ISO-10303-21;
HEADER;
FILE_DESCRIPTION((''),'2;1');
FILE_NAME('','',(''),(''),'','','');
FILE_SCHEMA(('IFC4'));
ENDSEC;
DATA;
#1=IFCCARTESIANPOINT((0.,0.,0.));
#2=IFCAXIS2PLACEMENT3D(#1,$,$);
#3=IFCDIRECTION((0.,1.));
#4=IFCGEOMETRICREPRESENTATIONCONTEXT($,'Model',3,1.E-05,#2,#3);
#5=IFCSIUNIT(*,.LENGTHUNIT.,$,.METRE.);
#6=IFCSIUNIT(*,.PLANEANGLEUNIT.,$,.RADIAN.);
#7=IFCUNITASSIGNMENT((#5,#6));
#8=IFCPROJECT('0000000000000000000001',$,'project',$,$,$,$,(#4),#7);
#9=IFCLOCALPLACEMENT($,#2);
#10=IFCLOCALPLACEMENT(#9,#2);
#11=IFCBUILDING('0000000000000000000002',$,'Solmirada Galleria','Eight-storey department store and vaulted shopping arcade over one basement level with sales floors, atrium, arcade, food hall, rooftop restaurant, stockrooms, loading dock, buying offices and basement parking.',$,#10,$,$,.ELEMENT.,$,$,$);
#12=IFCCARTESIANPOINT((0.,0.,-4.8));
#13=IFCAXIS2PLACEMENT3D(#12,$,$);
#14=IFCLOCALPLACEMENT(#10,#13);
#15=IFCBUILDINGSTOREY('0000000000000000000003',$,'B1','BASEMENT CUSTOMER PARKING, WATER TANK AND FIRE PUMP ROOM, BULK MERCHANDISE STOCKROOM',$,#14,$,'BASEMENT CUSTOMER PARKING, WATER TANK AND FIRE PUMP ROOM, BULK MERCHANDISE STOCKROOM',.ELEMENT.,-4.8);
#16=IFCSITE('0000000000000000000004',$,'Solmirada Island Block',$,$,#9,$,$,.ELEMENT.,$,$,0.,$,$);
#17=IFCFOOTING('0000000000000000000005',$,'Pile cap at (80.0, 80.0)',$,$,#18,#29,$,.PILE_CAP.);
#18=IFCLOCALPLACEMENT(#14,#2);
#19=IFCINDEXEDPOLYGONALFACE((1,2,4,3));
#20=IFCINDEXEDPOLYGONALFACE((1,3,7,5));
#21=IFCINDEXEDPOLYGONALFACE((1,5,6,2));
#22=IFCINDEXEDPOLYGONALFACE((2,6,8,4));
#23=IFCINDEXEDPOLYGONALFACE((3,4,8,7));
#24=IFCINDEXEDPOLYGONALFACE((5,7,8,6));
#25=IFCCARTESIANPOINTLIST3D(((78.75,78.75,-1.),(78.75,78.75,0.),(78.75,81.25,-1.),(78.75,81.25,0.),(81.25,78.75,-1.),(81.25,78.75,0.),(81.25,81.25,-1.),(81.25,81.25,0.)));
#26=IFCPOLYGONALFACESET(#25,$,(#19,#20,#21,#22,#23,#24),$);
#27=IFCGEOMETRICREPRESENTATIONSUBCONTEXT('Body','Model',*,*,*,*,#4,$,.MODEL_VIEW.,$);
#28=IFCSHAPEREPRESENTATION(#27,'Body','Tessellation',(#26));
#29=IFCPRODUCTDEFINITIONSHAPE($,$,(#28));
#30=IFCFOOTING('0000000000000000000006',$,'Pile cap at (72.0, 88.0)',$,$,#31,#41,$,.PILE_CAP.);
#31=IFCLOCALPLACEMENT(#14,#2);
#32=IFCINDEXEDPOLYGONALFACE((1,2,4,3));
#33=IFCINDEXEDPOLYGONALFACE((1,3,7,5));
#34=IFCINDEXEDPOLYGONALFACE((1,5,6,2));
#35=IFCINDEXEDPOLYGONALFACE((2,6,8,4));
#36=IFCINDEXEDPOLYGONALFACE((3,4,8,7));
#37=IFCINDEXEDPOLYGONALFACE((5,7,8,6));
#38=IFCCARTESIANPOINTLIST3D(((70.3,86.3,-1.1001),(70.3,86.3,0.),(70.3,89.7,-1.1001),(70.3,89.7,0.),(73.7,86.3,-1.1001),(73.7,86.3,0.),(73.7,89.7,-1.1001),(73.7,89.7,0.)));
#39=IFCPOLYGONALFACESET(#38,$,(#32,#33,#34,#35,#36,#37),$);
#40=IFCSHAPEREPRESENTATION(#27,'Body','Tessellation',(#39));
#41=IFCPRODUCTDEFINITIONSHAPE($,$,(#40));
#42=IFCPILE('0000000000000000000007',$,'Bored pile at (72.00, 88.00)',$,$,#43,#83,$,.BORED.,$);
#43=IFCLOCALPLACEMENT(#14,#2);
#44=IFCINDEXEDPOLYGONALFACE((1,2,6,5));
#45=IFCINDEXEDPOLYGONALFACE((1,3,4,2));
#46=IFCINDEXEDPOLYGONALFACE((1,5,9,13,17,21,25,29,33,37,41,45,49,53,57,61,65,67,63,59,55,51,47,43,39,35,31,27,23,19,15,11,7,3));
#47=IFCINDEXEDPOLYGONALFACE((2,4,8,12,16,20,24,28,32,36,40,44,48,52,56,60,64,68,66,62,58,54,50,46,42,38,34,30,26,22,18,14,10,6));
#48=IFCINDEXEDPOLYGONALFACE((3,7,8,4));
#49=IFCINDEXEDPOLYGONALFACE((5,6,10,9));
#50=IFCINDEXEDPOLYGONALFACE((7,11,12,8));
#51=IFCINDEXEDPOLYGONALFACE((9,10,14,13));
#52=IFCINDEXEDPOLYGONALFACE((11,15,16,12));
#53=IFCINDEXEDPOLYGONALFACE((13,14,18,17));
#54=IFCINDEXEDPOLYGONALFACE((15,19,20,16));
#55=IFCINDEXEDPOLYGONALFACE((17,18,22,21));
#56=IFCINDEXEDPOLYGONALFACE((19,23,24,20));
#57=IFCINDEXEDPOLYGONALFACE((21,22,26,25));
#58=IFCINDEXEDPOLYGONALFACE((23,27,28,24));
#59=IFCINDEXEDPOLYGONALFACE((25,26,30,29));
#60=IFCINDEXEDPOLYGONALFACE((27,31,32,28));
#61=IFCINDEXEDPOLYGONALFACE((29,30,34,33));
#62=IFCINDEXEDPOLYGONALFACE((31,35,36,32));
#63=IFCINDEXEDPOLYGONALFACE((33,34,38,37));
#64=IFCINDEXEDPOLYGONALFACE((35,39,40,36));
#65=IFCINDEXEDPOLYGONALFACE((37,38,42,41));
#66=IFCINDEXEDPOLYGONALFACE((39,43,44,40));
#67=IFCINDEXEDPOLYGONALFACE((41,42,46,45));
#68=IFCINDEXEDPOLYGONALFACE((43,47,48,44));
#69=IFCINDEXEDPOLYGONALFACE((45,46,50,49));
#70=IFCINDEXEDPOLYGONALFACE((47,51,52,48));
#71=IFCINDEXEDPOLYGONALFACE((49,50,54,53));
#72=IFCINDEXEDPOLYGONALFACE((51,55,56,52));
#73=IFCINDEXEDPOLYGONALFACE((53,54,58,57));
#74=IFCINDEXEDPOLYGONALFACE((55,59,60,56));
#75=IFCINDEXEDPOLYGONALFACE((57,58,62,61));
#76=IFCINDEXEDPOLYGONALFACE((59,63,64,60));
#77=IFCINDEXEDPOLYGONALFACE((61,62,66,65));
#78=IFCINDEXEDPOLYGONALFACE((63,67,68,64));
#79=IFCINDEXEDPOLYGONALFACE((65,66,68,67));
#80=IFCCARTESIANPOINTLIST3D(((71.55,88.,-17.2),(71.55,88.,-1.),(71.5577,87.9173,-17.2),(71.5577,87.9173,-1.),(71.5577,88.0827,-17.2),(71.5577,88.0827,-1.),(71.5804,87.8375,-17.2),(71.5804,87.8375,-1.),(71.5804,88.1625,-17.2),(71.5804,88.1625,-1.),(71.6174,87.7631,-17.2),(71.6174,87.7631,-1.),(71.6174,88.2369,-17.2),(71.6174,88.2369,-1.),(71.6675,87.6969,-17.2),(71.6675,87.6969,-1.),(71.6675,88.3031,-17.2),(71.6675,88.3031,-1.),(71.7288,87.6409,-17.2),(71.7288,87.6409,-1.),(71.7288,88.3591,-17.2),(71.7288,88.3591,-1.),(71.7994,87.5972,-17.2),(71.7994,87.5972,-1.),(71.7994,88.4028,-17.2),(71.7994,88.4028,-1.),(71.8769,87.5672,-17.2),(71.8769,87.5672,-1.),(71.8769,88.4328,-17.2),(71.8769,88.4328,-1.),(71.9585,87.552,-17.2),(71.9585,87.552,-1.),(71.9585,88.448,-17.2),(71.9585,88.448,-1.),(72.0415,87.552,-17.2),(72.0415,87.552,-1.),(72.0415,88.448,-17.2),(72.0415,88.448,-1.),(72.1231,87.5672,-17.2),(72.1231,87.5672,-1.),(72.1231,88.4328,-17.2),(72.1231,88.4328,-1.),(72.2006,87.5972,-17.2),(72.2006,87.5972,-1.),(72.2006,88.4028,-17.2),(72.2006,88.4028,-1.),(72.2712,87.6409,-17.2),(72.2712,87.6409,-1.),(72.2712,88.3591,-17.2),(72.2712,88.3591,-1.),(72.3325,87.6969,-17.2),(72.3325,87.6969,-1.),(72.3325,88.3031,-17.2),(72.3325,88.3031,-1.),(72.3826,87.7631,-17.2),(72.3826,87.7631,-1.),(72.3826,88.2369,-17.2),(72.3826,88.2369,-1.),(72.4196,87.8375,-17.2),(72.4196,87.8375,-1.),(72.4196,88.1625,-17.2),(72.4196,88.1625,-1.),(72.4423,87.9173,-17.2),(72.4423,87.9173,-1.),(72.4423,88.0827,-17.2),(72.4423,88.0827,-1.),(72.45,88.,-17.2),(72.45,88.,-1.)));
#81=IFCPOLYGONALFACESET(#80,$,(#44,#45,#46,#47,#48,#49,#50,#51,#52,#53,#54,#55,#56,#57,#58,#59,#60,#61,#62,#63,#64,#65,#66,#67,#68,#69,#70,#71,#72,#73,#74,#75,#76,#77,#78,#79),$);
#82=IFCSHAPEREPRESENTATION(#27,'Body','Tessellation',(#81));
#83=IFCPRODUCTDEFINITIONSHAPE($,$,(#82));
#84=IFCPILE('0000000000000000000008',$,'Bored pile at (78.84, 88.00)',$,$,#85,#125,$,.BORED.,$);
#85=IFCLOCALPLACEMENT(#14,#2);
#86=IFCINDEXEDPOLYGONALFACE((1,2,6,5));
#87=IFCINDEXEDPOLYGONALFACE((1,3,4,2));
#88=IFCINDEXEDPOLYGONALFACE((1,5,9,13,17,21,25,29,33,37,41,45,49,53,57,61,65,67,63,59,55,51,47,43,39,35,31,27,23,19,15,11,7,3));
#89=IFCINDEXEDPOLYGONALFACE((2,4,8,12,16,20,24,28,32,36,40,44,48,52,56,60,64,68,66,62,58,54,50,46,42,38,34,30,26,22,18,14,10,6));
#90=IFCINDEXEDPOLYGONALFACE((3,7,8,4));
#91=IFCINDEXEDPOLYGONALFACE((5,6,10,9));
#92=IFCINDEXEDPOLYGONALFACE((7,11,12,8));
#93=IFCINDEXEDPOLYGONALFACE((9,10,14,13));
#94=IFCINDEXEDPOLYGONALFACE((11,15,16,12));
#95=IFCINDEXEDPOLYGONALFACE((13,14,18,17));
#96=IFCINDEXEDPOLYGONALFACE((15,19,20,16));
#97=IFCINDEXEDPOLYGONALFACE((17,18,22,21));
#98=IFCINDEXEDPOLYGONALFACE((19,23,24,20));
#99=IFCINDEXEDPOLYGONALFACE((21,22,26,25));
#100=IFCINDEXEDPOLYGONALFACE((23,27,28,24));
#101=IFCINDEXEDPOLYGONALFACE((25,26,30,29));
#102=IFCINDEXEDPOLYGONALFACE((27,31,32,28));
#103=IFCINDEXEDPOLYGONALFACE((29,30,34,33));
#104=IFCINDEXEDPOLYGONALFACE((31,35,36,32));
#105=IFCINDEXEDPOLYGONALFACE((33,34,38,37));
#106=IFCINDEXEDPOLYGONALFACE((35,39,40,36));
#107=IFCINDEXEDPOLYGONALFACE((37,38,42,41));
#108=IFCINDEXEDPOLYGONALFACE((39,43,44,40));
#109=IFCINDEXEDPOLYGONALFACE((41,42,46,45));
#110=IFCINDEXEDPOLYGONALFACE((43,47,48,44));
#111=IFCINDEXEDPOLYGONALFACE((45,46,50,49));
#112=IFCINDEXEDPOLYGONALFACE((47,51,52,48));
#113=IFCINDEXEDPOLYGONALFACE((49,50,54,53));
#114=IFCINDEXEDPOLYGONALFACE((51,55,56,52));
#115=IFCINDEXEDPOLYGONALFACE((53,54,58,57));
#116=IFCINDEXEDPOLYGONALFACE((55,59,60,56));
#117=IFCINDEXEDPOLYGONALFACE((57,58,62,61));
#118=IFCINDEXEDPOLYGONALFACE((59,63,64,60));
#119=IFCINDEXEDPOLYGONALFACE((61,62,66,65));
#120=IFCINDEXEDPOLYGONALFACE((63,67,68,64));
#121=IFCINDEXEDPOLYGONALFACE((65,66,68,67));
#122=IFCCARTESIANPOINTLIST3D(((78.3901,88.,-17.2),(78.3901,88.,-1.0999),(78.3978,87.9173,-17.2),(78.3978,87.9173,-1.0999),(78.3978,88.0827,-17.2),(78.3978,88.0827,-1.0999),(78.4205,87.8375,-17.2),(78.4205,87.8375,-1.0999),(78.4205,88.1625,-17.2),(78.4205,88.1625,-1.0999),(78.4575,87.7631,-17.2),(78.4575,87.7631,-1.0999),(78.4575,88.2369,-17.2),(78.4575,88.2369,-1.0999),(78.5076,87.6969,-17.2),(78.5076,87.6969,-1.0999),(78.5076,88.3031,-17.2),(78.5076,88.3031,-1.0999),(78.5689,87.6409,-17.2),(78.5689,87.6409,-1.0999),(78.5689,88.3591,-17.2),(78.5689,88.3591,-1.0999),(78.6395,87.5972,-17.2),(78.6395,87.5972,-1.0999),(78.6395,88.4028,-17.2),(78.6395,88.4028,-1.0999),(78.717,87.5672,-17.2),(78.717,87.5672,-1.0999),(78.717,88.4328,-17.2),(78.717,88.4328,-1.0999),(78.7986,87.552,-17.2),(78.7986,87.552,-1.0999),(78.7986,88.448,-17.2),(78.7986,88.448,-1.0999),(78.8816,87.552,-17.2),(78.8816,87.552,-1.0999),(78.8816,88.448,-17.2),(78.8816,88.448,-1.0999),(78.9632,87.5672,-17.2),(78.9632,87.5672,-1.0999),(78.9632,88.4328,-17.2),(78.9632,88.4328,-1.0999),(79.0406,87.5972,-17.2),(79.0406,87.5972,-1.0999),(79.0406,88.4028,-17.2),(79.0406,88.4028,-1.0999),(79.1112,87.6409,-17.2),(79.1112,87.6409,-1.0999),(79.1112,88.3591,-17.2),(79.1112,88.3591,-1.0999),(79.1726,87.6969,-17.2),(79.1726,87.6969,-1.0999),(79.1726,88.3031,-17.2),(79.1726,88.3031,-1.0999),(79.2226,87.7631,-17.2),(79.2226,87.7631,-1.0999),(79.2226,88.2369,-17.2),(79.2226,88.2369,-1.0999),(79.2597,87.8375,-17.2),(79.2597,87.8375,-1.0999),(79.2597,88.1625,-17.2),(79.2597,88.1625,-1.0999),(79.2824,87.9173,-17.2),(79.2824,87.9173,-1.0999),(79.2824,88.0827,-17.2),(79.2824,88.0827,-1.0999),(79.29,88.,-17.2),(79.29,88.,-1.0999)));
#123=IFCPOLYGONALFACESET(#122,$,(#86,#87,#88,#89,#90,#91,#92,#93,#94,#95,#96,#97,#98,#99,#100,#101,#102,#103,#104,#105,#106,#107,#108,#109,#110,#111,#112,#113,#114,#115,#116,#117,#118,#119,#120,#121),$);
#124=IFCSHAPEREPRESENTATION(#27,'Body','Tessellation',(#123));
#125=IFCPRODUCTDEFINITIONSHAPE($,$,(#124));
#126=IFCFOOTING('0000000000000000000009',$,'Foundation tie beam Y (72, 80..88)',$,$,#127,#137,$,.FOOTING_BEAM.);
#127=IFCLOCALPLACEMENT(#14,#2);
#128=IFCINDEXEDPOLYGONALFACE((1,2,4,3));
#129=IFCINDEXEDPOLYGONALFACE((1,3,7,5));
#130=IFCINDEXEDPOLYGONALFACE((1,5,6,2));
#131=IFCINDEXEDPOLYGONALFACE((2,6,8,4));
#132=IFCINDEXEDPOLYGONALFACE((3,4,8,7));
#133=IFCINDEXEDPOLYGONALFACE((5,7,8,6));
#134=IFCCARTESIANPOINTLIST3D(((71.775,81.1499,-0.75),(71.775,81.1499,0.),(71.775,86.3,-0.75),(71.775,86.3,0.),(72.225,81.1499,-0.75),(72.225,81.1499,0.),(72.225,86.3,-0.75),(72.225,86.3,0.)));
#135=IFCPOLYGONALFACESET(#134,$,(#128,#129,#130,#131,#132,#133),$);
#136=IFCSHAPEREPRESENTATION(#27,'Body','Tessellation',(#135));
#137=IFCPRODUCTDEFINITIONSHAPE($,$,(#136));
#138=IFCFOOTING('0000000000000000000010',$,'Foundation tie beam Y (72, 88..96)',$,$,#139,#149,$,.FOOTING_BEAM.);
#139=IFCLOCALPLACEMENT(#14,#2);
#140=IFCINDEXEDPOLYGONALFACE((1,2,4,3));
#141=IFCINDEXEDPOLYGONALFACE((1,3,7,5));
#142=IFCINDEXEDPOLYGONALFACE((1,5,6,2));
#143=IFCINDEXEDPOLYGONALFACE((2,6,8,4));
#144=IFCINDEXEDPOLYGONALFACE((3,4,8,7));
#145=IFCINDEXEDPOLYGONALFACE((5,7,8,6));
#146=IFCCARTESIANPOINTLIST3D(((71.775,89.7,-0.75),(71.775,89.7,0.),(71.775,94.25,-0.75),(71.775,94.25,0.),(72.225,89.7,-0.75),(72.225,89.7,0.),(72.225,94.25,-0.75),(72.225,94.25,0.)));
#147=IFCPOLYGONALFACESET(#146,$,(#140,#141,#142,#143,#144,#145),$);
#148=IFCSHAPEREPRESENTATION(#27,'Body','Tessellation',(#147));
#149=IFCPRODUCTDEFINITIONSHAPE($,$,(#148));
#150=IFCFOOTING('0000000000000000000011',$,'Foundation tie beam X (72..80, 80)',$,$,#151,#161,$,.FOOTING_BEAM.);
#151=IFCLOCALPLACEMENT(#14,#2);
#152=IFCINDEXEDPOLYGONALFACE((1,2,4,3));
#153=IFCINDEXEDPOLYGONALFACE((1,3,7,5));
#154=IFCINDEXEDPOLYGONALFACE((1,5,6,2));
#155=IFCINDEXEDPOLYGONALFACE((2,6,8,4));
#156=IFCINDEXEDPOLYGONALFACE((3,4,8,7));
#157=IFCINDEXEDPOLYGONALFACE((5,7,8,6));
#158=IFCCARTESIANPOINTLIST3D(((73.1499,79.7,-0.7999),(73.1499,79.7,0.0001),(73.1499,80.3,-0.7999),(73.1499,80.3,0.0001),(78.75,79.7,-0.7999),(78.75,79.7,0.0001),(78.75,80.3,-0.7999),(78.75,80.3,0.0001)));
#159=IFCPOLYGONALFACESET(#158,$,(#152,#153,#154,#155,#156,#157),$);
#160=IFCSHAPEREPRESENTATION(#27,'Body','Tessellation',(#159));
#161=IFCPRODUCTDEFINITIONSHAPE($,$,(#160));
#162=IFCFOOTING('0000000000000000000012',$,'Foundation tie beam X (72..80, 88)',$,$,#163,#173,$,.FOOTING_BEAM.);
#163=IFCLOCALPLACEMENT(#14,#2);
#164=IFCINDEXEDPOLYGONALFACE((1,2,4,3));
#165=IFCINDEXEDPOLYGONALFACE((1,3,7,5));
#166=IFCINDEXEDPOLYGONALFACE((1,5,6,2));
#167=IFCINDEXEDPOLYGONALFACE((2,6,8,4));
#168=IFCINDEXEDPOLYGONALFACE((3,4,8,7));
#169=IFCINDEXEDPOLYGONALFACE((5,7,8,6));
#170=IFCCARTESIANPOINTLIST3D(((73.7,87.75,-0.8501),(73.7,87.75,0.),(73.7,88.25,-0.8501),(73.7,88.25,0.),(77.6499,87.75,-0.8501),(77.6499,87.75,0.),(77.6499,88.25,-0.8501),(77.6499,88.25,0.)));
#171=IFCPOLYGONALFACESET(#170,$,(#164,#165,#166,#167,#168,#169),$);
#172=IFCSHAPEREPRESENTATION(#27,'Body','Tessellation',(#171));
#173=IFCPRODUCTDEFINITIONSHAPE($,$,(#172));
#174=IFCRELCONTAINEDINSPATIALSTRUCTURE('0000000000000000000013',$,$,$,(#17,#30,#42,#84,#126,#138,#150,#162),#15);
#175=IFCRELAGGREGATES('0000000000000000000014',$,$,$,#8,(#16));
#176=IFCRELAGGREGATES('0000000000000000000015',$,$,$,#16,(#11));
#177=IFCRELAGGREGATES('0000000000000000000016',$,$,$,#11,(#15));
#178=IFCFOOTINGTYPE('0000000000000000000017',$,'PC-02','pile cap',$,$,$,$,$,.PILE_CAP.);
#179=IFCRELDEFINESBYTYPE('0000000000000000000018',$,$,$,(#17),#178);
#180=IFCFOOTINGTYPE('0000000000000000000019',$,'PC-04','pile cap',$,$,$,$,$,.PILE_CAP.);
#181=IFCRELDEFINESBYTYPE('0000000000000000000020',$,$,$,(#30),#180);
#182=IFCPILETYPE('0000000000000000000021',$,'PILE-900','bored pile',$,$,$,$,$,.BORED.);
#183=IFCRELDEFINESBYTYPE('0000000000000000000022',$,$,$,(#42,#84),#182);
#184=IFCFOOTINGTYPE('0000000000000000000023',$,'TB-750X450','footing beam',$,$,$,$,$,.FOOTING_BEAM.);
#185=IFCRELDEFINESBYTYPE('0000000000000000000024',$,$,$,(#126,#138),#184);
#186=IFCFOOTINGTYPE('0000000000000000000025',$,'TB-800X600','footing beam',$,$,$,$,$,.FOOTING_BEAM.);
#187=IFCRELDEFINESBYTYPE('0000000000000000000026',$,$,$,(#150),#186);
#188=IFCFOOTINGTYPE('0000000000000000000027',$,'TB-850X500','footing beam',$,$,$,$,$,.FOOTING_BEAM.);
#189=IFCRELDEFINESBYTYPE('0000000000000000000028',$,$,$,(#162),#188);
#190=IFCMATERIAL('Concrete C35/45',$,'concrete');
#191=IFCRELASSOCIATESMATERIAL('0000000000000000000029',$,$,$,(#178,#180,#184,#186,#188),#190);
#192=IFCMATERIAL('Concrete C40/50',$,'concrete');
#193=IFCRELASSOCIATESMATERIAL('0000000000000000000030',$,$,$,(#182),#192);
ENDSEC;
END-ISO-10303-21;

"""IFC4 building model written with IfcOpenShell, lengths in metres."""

from ifc_helpers import new_model, si_unit, direction, frame, origin, origin_2d, place, context, subcontext, project, spatial, rectangle, circle, extrude, material, material_profile, profile_set, type_object, element, save


model = new_model("IFC4")

# Units and contexts
model_context = context("Model", 3, precision=1e-05, world=origin(), true_north=direction((0.0, 1.0)))
body_context = subcontext(model_context, "Body", "Model", "MODEL_VIEW")
ifc_project = project(units=[si_unit("LENGTHUNIT", "METRE"), si_unit("PLANEANGLEUNIT", "RADIAN")], contexts=[model_context])

# Site, building, storey
site_placement = place(None, origin())
site = spatial("IfcSite", under=ifc_project, at=site_placement, Name="Solmirada Island Block", CompositionType="ELEMENT", RefElevation=0.0)
building_placement = place(site_placement, origin())
building = spatial("IfcBuilding", under=site, at=building_placement, Name="Solmirada Galleria", Description="Eight-storey department store and vaulted shopping arcade over one basement level with sales floors, atrium, arcade, food hall, rooftop restaurant, stockrooms, loading dock, buying offices and basement parking.", CompositionType="ELEMENT")
storey_placement = place(building_placement, frame((0.0, 0.0, -4.8)))
storey = spatial("IfcBuildingStorey", under=building, at=storey_placement, Name="B1", Description="BASEMENT CUSTOMER PARKING, WATER TANK AND FIRE PUMP ROOM, BULK MERCHANDISE STOCKROOM", LongName="BASEMENT CUSTOMER PARKING, WATER TANK AND FIRE PUMP ROOM, BULK MERCHANDISE STOCKROOM", CompositionType="ELEMENT", Elevation=-4.8)

# Footings
ifc_material_1 = material(Name="Concrete C35/45", Category="concrete")
footing_type_1 = type_object("IfcFootingType", Name="PC-02", Description="pile cap", PredefinedType="PILE_CAP", material=ifc_material_1)
footing_1_placement = place(storey_placement, frame((80.0, 80.0, -1.0), z_axis=(0.0, 0.0, 1.0), x_axis=(1.0, 0.0, 0.0)))
element("IfcFooting", 1, at=footing_1_placement, inside=storey, type_object=footing_type_1, Name="Pile cap at (80.0, 80.0)", PredefinedType="PILE_CAP", context=body_context, shape_type="SweptSolid", body=[
    extrude(rectangle(XDim=2.5, YDim=2.5, at=origin_2d()), origin(), (0.0, 0.0, 1.0), 1.0),
])
footing_type_2 = type_object("IfcFootingType", Name="PC-04", Description="pile cap", PredefinedType="PILE_CAP", material=ifc_material_1)
footing_2_placement = place(storey_placement, frame((72.0, 88.0, -1.1001), z_axis=(0.0, 0.0, 1.0), x_axis=(1.0, 0.0, 0.0)))
element("IfcFooting", 2, at=footing_2_placement, inside=storey, type_object=footing_type_2, Name="Pile cap at (72.0, 88.0)", PredefinedType="PILE_CAP", context=body_context, shape_type="SweptSolid", body=[
    extrude(rectangle(XDim=3.3999, YDim=3.3999, at=origin_2d()), origin(), (0.0, 0.0, 1.0), 1.1001),
])

# Piles
ifc_material_2 = material(Name="Concrete C40/50", Category="concrete")
ifc_material_profile_1 = material_profile(ifc_material_2, circle(Radius=0.45, at=origin_2d()), Name="PILE900")
ifc_profile_set_1 = profile_set([ifc_material_profile_1], Name="Concrete C40/50")
pile_type = type_object("IfcPileType", Name="PILE-900", Description="bored pile", PredefinedType="BORED", material=ifc_profile_set_1)
pile_1_placement = place(storey_placement, frame((72.0, 88.0, -1.0), z_axis=(0.0, 0.0, -1.0), x_axis=(1.0, 0.0, 0.0)))
element("IfcPile", 3, at=pile_1_placement, inside=storey, type_object=pile_type, Name="Bored pile at (72.00, 88.00)", PredefinedType="BORED", context=body_context, shape_type="SweptSolid", body=[
    extrude(circle(Radius=0.45, at=origin_2d()), origin(), (0.0, 0.0, 1.0), 16.2),
])
pile_2_placement = place(storey_placement, frame((78.8401, 88.0, -1.0999), z_axis=(0.0, 0.0, -1.0), x_axis=(1.0, 0.0, 0.0)))
element("IfcPile", 4, at=pile_2_placement, inside=storey, type_object=pile_type, Name="Bored pile at (78.84, 88.00)", PredefinedType="BORED", context=body_context, shape_type="SweptSolid", body=[
    extrude(circle(Radius=0.45, at=origin_2d()), origin(), (0.0, 0.0, 1.0), 16.1001),
])

# Footings
ifc_material_profile_2 = material_profile(ifc_material_1, rectangle(XDim=0.45, YDim=0.75, at=origin_2d()), Name="RC750X450")
ifc_profile_set_2 = profile_set([ifc_material_profile_2], Name="Concrete C35/45")
footing_type_3 = type_object("IfcFootingType", Name="TB-750X450", Description="footing beam", PredefinedType="FOOTING_BEAM", material=ifc_profile_set_2)
footing_3_placement = place(storey_placement, frame((72.0, 81.1499, -0.375), z_axis=(0.0, 1.0, 0.0), x_axis=(-1.0, 0.0, 0.0)))
element("IfcFooting", 5, at=footing_3_placement, inside=storey, type_object=footing_type_3, Name="Foundation tie beam Y (72, 80..88)", PredefinedType="FOOTING_BEAM", context=body_context, shape_type="SweptSolid", body=[
    extrude(rectangle(XDim=0.45, YDim=0.75, at=origin_2d()), origin(), (0.0, 0.0, 1.0), 5.1501),
])
footing_4_placement = place(storey_placement, frame((72.0, 89.7, -0.375), z_axis=(0.0, 1.0, 0.0), x_axis=(-1.0, 0.0, 0.0)))
element("IfcFooting", 6, at=footing_4_placement, inside=storey, type_object=footing_type_3, Name="Foundation tie beam Y (72, 88..96)", PredefinedType="FOOTING_BEAM", context=body_context, shape_type="SweptSolid", body=[
    extrude(rectangle(XDim=0.45, YDim=0.75, at=origin_2d()), origin(), (0.0, 0.0, 1.0), 4.55),
])
ifc_material_profile_3 = material_profile(ifc_material_1, rectangle(XDim=0.6001, YDim=0.8, at=origin_2d()), Name="RC800X600")
ifc_profile_set_3 = profile_set([ifc_material_profile_3], Name="Concrete C35/45")
footing_type_4 = type_object("IfcFootingType", Name="TB-800X600", Description="footing beam", PredefinedType="FOOTING_BEAM", material=ifc_profile_set_3)
footing_5_placement = place(storey_placement, frame((73.1499, 80.0, -0.3999), z_axis=(1.0, 0.0, 0.0), x_axis=(0.0, 1.0, 0.0)))
element("IfcFooting", 7, at=footing_5_placement, inside=storey, type_object=footing_type_4, Name="Foundation tie beam X (72..80, 80)", PredefinedType="FOOTING_BEAM", context=body_context, shape_type="SweptSolid", body=[
    extrude(rectangle(XDim=0.6001, YDim=0.8, at=origin_2d()), origin(), (0.0, 0.0, 1.0), 5.6001),
])
ifc_material_profile_4 = material_profile(ifc_material_1, rectangle(XDim=0.5, YDim=0.8501, at=origin_2d()), Name="RC850X500")
ifc_profile_set_4 = profile_set([ifc_material_profile_4], Name="Concrete C35/45")
footing_type_5 = type_object("IfcFootingType", Name="TB-850X500", Description="footing beam", PredefinedType="FOOTING_BEAM", material=ifc_profile_set_4)
footing_6_placement = place(storey_placement, frame((73.7, 88.0, -0.425), z_axis=(1.0, 0.0, 0.0), x_axis=(0.0, 1.0, 0.0)))
element("IfcFooting", 8, at=footing_6_placement, inside=storey, type_object=footing_type_5, Name="Foundation tie beam X (72..80, 88)", PredefinedType="FOOTING_BEAM", context=body_context, shape_type="SweptSolid", body=[
    extrude(rectangle(XDim=0.5, YDim=0.8501, at=origin_2d()), origin(), (0.0, 0.0, 1.0), 3.95),
])

save(model, "model.ifc")
